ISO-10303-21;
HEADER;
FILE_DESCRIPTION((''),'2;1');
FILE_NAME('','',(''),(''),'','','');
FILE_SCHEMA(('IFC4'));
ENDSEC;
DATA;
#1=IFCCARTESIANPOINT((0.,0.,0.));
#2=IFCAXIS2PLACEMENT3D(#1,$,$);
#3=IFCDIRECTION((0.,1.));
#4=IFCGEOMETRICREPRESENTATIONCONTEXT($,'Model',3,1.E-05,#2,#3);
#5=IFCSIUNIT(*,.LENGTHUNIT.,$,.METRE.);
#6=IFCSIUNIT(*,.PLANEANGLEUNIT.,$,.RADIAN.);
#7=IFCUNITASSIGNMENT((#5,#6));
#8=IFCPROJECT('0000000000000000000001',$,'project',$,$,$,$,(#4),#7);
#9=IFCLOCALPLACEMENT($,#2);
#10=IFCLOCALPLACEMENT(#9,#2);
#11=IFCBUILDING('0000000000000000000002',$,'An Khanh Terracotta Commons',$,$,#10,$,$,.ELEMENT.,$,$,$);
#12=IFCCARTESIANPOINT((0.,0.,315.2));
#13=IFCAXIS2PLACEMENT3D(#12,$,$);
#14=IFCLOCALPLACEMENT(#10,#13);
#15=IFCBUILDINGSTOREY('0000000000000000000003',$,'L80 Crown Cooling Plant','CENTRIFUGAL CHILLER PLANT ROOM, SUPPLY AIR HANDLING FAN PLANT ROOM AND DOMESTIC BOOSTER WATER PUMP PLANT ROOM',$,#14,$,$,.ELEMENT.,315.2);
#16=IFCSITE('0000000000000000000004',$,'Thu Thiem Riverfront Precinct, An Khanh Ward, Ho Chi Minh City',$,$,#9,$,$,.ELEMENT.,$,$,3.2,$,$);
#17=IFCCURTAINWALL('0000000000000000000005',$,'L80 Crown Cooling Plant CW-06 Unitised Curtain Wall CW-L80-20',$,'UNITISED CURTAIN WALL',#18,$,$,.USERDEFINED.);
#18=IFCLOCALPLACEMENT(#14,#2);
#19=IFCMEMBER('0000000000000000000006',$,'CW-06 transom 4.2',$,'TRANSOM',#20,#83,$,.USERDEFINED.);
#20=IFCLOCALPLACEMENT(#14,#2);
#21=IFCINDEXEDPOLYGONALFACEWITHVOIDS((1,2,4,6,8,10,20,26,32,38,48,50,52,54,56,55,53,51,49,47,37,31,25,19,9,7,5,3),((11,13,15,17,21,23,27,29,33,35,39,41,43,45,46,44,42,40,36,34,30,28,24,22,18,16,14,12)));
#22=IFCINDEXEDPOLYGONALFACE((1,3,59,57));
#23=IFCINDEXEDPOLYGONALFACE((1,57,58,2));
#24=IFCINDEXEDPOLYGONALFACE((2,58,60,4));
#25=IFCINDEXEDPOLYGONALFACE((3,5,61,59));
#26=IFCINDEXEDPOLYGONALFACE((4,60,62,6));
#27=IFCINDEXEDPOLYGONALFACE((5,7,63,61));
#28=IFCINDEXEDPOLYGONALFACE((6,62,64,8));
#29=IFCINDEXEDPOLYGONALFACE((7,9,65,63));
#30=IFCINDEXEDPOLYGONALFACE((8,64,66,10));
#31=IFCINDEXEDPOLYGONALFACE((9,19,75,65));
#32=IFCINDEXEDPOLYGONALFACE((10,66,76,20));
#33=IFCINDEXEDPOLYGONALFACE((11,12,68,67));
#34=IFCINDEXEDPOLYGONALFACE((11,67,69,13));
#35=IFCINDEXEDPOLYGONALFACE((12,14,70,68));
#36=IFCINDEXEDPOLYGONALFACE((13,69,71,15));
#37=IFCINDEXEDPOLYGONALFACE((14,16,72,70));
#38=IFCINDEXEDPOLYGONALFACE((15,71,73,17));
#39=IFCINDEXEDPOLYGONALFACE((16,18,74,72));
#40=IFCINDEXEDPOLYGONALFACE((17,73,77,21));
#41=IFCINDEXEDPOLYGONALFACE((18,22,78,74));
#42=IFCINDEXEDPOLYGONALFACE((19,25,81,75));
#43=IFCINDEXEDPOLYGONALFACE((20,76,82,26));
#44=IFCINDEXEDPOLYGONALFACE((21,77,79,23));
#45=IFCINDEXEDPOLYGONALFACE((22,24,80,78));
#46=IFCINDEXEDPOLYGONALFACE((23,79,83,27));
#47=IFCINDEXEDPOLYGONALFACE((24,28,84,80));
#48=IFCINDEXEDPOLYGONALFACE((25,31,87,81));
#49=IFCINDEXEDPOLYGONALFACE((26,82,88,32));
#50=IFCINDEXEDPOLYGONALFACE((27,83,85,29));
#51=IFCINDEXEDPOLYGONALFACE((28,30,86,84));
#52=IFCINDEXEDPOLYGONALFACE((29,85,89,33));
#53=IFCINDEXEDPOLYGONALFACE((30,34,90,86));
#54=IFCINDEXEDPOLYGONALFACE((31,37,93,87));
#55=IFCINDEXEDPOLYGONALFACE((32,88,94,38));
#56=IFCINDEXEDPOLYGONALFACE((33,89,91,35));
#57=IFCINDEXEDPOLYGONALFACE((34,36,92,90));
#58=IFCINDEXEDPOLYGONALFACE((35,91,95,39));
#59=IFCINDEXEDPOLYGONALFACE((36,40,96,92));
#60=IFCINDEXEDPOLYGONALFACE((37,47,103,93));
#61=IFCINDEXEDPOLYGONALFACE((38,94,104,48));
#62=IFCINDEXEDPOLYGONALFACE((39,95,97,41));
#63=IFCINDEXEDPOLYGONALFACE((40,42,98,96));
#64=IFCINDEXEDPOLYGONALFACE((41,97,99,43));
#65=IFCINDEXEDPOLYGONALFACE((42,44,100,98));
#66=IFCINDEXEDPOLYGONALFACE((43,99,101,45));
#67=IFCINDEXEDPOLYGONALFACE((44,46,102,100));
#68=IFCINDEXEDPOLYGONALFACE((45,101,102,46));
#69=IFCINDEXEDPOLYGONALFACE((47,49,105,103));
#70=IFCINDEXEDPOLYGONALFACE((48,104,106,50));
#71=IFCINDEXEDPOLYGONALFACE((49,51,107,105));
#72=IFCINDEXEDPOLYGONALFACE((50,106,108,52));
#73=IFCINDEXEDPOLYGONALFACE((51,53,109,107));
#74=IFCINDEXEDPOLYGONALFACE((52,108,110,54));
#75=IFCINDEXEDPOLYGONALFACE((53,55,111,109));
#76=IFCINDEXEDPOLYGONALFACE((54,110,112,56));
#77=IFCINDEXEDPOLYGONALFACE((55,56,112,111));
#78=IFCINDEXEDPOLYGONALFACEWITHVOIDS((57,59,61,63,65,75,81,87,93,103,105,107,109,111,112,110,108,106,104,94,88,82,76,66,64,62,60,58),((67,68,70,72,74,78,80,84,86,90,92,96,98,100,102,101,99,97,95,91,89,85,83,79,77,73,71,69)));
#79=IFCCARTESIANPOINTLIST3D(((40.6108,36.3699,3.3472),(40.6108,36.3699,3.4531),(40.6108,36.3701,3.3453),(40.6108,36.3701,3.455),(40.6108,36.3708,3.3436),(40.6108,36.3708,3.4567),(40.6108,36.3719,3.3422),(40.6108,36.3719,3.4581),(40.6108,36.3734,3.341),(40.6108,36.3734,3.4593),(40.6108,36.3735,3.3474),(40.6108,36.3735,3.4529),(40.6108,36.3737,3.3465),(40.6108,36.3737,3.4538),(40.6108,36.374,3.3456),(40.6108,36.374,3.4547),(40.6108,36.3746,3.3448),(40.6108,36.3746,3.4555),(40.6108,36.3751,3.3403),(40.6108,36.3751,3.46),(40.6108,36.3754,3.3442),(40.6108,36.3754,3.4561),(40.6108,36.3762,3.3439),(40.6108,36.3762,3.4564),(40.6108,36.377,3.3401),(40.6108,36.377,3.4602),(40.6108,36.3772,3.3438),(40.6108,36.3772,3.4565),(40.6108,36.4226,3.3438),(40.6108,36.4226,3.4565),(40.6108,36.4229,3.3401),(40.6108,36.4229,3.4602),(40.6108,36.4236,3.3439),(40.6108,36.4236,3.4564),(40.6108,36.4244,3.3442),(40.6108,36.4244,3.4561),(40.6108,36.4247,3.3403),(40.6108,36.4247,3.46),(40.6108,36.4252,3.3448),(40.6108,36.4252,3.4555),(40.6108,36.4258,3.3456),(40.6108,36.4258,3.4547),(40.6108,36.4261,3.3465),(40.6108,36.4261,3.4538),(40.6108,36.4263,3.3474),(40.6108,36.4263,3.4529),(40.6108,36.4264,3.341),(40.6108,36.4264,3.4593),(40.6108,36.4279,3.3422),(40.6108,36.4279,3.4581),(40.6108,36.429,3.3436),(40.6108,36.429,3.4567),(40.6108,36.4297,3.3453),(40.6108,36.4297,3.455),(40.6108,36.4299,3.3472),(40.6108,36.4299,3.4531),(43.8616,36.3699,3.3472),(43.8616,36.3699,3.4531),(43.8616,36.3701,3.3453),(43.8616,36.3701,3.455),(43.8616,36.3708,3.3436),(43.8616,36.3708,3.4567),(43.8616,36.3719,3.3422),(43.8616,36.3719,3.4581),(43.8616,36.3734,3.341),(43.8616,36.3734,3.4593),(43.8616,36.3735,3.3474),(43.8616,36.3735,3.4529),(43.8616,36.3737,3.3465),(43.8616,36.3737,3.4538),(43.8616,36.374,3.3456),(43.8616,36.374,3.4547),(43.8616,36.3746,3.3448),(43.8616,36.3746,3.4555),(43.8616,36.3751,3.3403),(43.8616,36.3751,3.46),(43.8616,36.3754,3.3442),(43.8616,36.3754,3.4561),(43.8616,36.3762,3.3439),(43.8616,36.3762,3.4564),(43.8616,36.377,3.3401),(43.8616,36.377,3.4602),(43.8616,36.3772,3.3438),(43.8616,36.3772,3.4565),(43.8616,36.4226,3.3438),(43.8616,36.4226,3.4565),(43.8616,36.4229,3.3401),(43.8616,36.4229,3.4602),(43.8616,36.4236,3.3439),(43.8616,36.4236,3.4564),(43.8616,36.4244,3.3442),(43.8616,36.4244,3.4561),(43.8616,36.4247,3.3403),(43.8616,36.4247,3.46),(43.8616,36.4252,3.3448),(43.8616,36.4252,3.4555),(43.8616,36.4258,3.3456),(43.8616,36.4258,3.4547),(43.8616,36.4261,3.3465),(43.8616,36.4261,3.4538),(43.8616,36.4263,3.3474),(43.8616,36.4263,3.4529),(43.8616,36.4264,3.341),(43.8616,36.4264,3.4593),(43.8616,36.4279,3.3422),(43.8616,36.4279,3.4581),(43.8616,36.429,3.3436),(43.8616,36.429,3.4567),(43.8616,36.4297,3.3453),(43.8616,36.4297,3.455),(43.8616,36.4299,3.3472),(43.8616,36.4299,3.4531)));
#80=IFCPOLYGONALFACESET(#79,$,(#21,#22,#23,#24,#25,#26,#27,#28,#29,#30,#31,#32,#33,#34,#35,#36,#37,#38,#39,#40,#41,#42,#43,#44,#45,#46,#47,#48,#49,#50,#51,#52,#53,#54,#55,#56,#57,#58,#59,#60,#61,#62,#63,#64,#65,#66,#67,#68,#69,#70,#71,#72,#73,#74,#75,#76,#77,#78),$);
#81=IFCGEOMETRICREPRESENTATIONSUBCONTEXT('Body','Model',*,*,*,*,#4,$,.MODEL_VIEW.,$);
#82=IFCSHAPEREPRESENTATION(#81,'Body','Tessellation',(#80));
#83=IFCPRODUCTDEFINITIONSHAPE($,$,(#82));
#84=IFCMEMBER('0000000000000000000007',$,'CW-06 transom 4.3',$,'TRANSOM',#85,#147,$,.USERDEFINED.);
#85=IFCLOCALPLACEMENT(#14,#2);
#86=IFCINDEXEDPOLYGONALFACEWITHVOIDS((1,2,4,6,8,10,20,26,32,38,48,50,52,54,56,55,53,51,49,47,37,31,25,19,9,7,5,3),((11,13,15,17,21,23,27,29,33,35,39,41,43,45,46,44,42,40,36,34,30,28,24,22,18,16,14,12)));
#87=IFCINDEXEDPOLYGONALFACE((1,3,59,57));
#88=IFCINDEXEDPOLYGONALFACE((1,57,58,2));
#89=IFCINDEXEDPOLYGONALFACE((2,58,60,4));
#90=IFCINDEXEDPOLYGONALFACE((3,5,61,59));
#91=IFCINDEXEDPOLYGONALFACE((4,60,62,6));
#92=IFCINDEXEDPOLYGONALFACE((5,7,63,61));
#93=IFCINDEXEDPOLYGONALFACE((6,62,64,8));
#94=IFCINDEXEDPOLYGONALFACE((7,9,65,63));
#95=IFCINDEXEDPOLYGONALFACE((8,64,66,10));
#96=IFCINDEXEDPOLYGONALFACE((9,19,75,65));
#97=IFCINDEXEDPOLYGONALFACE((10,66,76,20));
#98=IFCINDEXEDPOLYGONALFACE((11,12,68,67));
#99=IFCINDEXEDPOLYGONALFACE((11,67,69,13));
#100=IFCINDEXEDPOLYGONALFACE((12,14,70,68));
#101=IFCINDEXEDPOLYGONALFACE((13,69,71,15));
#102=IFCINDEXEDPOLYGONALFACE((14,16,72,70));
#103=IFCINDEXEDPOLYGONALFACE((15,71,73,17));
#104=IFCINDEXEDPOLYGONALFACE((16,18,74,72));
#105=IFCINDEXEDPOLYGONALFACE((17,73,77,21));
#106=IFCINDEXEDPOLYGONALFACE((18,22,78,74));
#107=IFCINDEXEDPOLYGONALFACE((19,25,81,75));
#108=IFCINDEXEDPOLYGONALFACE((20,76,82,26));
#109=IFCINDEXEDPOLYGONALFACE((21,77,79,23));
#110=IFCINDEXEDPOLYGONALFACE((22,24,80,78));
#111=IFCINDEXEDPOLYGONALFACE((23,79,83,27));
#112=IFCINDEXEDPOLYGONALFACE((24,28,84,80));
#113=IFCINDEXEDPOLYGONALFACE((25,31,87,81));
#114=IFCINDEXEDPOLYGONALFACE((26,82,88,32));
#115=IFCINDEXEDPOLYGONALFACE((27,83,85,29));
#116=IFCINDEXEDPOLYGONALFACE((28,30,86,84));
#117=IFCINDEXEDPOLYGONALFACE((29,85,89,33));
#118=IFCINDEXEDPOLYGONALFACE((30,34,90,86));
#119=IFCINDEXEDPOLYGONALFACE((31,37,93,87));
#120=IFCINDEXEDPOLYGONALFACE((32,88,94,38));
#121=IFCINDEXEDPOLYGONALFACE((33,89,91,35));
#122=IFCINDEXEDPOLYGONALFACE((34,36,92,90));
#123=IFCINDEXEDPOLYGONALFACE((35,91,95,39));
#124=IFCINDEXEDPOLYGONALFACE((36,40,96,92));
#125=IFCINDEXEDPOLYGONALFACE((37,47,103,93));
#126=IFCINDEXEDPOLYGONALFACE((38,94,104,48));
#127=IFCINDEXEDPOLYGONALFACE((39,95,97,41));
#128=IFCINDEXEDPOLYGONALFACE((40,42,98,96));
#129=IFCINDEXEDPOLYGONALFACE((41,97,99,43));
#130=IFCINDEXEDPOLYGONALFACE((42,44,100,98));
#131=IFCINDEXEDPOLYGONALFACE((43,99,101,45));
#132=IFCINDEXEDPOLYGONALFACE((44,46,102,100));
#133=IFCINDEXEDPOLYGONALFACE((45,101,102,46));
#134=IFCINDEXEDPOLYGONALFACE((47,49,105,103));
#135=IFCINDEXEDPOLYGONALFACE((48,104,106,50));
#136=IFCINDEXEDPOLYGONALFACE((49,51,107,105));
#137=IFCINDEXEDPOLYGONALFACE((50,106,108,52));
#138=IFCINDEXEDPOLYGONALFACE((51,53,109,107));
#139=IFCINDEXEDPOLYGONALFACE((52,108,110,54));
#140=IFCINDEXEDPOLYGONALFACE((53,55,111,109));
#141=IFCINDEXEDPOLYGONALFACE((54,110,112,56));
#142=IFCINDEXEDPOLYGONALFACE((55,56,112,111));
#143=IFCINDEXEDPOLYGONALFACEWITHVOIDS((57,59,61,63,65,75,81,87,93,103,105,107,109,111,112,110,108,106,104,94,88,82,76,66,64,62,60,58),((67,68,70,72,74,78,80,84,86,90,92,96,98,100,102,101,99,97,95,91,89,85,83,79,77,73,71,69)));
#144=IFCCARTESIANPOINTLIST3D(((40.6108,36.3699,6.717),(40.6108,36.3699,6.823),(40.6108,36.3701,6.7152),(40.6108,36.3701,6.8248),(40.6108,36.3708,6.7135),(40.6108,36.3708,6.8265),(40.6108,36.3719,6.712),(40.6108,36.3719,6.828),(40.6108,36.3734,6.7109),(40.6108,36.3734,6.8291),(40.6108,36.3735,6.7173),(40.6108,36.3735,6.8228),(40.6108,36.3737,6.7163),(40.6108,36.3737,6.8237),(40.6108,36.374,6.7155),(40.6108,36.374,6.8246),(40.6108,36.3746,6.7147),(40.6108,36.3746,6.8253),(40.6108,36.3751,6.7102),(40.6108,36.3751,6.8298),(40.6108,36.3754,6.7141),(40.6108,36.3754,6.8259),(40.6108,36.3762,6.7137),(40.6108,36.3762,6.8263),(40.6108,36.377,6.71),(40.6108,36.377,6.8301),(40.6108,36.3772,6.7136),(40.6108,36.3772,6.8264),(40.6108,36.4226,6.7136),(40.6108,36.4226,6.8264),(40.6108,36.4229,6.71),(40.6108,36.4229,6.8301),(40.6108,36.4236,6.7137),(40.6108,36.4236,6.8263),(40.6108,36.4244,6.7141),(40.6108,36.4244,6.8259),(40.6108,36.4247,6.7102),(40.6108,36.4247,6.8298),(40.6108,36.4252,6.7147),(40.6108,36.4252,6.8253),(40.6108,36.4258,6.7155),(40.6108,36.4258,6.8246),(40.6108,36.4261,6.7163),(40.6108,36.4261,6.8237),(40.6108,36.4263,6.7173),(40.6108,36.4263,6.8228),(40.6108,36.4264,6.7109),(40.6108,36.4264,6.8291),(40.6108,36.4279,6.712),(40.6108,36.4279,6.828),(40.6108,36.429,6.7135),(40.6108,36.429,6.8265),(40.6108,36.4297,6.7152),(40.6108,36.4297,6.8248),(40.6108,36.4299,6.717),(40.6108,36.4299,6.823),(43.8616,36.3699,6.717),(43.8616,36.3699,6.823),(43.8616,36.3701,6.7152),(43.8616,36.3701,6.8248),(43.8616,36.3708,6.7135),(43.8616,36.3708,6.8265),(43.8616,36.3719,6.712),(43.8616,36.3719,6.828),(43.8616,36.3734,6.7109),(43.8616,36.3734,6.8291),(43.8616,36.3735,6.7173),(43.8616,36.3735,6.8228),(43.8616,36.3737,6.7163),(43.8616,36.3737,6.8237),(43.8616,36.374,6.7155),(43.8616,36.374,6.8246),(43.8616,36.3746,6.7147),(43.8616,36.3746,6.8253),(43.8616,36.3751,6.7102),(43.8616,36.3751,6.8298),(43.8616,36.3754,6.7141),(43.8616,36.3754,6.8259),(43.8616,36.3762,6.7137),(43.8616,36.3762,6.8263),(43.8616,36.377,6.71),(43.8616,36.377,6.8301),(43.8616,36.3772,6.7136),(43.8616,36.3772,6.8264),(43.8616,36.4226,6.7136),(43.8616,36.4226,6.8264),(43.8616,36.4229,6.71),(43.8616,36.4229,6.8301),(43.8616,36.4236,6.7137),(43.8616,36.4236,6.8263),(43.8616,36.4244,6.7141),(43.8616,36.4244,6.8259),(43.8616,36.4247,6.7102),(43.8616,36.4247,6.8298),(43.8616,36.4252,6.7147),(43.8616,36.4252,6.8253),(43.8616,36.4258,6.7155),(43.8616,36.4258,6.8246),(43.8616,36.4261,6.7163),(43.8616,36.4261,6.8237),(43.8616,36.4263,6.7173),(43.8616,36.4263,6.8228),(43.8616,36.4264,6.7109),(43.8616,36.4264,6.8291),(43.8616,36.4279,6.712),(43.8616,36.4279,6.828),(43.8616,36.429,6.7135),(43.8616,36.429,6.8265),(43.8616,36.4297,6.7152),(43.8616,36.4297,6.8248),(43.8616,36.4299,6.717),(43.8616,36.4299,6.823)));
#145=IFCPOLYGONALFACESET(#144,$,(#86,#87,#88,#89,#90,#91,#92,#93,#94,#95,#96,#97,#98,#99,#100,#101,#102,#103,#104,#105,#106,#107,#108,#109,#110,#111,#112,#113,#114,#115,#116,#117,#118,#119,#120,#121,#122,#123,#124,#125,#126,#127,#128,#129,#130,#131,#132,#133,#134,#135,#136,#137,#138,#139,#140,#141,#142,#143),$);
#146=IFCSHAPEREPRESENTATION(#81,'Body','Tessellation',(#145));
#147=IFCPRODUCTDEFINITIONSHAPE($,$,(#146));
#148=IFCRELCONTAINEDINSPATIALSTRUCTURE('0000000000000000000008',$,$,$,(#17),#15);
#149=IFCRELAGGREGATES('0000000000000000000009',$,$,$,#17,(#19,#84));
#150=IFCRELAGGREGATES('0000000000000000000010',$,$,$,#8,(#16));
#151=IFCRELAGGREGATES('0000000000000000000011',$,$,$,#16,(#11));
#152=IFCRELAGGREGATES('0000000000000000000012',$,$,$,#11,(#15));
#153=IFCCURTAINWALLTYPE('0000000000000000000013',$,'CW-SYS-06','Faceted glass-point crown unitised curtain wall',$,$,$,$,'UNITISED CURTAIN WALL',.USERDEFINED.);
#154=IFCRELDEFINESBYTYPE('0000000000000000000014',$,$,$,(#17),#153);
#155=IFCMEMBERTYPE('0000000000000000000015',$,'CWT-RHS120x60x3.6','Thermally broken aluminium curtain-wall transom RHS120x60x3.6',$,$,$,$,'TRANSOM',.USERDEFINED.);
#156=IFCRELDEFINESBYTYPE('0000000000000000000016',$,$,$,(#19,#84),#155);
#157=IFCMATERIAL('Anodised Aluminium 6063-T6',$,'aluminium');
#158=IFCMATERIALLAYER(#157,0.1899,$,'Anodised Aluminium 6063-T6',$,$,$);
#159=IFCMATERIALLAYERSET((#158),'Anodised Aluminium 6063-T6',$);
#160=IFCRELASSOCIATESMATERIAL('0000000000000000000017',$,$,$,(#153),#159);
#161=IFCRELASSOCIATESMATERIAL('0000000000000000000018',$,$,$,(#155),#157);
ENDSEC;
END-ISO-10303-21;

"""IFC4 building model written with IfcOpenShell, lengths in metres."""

from ifc_helpers import new_model, si_unit, direction, frame, origin, origin_2d, place, context, subcontext, project, spatial, hollow_rectangle, extrude, material, layer, layer_set, material_profile, profile_set, type_object, element, aggregate, save


model = new_model("IFC4")

# Units and contexts
model_context = context("Model", 3, precision=1e-05, world=origin(), true_north=direction((0.0, 1.0)))
body_context = subcontext(model_context, "Body", "Model", "MODEL_VIEW")
ifc_project = project(units=[si_unit("LENGTHUNIT", "METRE"), si_unit("PLANEANGLEUNIT", "RADIAN")], contexts=[model_context])

# Site, building, storey
site_placement = place(None, origin())
site = spatial("IfcSite", under=ifc_project, at=site_placement, Name="Thu Thiem Riverfront Precinct, An Khanh Ward, Ho Chi Minh City", CompositionType="ELEMENT", RefElevation=3.2)
building_placement = place(site_placement, origin())
building = spatial("IfcBuilding", under=site, at=building_placement, Name="An Khanh Terracotta Commons", CompositionType="ELEMENT")
storey_placement = place(building_placement, frame((0.0, 0.0, 315.2)))
storey = spatial("IfcBuildingStorey", under=building, at=storey_placement, Name="L80 Crown Cooling Plant", Description="CENTRIFUGAL CHILLER PLANT ROOM, SUPPLY AIR HANDLING FAN PLANT ROOM AND DOMESTIC BOOSTER WATER PUMP PLANT ROOM", CompositionType="ELEMENT", Elevation=315.2)

# Curtain wall, members
ifc_material_1 = material(Name="Anodised Aluminium 6063-T6", Category="aluminium")
ifc_layer_1 = layer(ifc_material_1, 0.1899, Name="Anodised Aluminium 6063-T6")
ifc_layer_set_1 = layer_set([ifc_layer_1], Name="Anodised Aluminium 6063-T6")
curtain_wall_type = type_object("IfcCurtainWallType", Name="CW-SYS-06", Description="Faceted glass-point crown unitised curtain wall", ElementType="UNITISED CURTAIN WALL", PredefinedType="USERDEFINED", material=ifc_layer_set_1)
curtain_wall_placement = place(storey_placement, origin())
curtain_wall = element("IfcCurtainWall", 1, at=curtain_wall_placement, inside=storey, type_object=curtain_wall_type, Name="L80 Crown Cooling Plant CW-06 Unitised Curtain Wall CW-L80-20", ObjectType="UNITISED CURTAIN WALL", PredefinedType="USERDEFINED")
ifc_material_profile_1 = material_profile(ifc_material_1, hollow_rectangle(XDim=0.0601, YDim=0.1201, WallThickness=0.0037, InnerFilletRadius=0.0037, OuterFilletRadius=0.0071, at=origin_2d()), Name="RHS120x60x3.6")
ifc_profile_set_1 = profile_set([ifc_material_profile_1], Name="Anodised Aluminium 6063-T6")
member_type_1 = type_object("IfcMemberType", Name="CWT-RHS120x60x3.6", Description="Thermally broken aluminium curtain-wall transom RHS120x60x3.6", ElementType="TRANSOM", PredefinedType="USERDEFINED", material=ifc_profile_set_1)
member_1_placement = place(storey_placement, frame((43.8616, 36.3999, 3.4001), z_axis=(-1.0, 0.0, 0.0), x_axis=(0.0, -1.0, 0.0)))
member_1 = element("IfcMember", 2, at=member_1_placement, type_object=member_type_1, Name="CW-06 transom 4.2", ObjectType="TRANSOM", PredefinedType="USERDEFINED", context=body_context, shape_type="SweptSolid", body=[
    extrude(hollow_rectangle(XDim=0.0601, YDim=0.1201, WallThickness=0.0037, InnerFilletRadius=0.0037, OuterFilletRadius=0.0071, at=origin_2d()), origin(), (0.0, 0.0, 1.0), 3.2507),
])
member_2_placement = place(storey_placement, frame((43.8616, 36.3999, 6.77), z_axis=(-1.0, 0.0, 0.0), x_axis=(0.0, -1.0, 0.0)))
member_2 = element("IfcMember", 3, at=member_2_placement, type_object=member_type_1, Name="CW-06 transom 4.3", ObjectType="TRANSOM", PredefinedType="USERDEFINED", context=body_context, shape_type="SweptSolid", body=[
    extrude(hollow_rectangle(XDim=0.0601, YDim=0.1201, WallThickness=0.0037, InnerFilletRadius=0.0037, OuterFilletRadius=0.0071, at=origin_2d()), origin(), (0.0, 0.0, 1.0), 3.2507),
])
aggregate(curtain_wall, [member_1, member_2])

save(model, "model.ifc")
